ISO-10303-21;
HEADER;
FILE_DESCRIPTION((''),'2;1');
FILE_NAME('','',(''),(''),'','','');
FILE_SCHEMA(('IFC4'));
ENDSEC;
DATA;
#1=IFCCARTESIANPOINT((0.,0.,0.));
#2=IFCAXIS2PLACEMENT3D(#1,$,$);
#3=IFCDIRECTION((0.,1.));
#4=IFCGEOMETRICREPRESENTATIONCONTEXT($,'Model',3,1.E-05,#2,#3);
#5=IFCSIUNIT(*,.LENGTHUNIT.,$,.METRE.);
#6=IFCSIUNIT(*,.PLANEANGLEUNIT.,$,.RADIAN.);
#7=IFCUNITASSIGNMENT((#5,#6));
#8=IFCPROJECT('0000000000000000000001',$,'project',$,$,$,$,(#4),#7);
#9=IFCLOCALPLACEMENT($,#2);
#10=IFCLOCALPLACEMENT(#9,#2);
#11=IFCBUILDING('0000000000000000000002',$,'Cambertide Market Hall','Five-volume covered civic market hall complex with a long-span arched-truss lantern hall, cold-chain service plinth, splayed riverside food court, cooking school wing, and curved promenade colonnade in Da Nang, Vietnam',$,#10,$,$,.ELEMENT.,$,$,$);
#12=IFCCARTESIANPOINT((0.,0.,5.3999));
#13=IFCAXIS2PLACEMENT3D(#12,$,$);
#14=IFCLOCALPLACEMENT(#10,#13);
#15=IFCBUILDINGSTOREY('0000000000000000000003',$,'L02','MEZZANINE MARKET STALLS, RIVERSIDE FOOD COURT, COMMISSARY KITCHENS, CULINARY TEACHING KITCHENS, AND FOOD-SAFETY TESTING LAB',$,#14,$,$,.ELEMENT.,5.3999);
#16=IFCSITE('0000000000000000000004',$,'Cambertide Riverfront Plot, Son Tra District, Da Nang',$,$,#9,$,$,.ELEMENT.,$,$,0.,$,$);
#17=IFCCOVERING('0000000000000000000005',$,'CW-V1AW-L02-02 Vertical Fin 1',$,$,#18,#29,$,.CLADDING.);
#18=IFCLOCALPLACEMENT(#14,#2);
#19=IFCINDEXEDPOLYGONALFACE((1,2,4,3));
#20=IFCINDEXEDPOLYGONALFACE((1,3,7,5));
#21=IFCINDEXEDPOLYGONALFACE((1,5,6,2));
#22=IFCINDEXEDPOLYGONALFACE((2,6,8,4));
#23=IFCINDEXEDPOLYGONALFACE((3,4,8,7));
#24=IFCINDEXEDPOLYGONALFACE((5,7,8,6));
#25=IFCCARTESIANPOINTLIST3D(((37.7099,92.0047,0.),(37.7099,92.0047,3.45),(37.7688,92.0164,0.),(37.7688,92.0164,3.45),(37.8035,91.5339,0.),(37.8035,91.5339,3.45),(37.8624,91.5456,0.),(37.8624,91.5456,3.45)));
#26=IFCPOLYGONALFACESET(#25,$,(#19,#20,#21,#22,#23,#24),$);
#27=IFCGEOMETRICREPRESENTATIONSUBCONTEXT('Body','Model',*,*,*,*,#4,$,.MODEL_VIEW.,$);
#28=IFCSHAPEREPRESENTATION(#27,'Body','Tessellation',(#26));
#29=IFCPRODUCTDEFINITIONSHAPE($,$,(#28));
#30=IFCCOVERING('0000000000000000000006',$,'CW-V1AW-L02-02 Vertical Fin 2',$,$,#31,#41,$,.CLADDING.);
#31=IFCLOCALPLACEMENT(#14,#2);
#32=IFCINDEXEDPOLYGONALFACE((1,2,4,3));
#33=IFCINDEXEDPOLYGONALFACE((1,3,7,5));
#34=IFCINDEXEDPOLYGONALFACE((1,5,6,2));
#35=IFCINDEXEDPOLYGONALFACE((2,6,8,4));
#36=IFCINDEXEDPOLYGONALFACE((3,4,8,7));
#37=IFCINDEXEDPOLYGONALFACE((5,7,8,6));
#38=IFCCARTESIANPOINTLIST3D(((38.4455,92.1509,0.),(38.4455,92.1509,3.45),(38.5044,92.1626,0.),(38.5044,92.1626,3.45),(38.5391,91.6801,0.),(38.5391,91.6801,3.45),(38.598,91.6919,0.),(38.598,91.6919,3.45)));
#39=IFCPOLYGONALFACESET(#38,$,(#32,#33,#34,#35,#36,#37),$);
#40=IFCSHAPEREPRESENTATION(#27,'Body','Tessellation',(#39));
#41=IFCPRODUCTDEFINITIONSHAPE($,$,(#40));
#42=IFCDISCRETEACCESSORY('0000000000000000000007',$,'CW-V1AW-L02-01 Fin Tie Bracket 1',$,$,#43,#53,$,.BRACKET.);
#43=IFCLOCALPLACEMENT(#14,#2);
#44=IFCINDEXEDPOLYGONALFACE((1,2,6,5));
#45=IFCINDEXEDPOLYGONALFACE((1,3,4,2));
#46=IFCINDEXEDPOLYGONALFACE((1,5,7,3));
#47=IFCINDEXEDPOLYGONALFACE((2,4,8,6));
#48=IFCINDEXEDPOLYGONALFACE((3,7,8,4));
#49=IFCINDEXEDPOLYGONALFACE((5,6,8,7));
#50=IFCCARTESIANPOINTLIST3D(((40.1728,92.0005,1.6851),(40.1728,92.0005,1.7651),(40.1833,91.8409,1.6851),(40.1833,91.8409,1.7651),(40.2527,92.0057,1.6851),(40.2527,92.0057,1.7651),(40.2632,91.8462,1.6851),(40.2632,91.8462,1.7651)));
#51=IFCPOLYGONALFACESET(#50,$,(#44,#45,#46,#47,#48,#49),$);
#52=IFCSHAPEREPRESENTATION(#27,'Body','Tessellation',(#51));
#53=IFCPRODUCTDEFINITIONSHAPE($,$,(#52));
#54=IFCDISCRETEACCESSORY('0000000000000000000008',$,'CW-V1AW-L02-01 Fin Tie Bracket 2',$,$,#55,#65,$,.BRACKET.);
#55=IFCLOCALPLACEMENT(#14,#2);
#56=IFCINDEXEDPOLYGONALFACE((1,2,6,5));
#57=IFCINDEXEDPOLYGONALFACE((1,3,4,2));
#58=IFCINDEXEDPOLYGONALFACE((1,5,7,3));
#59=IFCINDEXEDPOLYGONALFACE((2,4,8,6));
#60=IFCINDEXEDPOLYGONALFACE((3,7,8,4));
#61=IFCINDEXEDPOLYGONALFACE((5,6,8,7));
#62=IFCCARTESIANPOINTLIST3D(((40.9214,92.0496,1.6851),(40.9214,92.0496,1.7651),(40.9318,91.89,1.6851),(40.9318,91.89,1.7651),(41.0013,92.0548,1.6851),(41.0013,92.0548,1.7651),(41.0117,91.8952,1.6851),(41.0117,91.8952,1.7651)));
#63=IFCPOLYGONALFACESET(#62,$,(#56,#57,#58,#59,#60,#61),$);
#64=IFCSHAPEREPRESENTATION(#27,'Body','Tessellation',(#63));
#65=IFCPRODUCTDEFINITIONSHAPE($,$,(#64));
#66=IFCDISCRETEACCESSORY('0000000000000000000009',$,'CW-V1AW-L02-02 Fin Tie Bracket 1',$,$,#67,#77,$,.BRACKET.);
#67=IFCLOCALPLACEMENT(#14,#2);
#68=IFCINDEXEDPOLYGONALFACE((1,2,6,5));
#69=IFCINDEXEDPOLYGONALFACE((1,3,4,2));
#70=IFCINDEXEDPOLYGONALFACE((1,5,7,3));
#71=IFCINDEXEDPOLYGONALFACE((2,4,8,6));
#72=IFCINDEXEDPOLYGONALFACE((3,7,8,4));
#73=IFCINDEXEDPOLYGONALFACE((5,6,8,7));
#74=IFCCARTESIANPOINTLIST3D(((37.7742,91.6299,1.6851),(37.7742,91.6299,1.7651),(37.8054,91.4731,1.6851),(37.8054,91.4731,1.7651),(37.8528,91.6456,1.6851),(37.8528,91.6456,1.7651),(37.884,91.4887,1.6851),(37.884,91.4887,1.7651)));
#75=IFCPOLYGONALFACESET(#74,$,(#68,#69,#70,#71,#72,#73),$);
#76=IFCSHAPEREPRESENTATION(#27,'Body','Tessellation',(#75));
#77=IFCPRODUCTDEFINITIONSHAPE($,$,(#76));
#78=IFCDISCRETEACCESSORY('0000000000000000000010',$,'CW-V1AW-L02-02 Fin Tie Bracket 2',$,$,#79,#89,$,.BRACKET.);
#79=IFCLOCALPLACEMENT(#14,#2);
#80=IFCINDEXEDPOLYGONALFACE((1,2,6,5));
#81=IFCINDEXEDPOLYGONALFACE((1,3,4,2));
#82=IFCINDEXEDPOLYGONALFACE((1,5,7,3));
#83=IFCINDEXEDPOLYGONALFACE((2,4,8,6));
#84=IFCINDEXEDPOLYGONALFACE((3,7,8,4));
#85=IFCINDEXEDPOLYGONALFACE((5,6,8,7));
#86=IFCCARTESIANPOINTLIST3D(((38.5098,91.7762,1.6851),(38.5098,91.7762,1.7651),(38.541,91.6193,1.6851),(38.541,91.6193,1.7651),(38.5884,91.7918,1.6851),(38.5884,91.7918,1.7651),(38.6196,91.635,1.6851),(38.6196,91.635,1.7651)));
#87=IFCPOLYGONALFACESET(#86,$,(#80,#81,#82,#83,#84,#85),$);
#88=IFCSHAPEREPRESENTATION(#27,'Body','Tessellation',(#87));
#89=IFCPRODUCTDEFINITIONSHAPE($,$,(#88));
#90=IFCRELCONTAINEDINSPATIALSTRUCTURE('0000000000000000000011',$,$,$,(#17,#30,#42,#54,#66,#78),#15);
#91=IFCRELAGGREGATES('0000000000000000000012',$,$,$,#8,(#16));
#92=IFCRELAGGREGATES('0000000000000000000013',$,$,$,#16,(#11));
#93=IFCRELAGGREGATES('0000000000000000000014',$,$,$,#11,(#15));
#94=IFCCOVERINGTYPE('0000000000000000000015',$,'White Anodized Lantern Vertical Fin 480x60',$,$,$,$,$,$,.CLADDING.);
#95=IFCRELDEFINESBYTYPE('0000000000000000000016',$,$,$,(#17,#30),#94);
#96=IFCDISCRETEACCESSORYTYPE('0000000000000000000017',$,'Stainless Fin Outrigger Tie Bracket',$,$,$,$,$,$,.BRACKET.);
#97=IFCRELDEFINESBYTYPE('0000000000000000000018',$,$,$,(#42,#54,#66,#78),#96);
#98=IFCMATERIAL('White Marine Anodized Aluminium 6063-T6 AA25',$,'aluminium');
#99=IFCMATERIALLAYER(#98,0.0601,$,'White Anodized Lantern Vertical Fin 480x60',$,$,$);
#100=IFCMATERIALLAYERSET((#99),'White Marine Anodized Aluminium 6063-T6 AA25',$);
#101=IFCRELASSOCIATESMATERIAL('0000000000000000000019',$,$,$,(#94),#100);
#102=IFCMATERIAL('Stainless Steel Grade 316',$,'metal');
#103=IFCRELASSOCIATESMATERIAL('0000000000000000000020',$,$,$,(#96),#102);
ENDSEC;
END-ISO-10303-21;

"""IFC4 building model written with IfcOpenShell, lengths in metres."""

from ifc_helpers import new_model, si_unit, direction, frame, origin, origin_2d, place, context, subcontext, project, spatial, rectangle, extrude, material, layer, layer_set, type_object, element, save


model = new_model("IFC4")

# Units and contexts
model_context = context("Model", 3, precision=1e-05, world=origin(), true_north=direction((0.0, 1.0)))
body_context = subcontext(model_context, "Body", "Model", "MODEL_VIEW")
ifc_project = project(units=[si_unit("LENGTHUNIT", "METRE"), si_unit("PLANEANGLEUNIT", "RADIAN")], contexts=[model_context])

# Site, building, storey
site_placement = place(None, origin())
site = spatial("IfcSite", under=ifc_project, at=site_placement, Name="Cambertide Riverfront Plot, Son Tra District, Da Nang", CompositionType="ELEMENT", RefElevation=0.0)
building_placement = place(site_placement, origin())
building = spatial("IfcBuilding", under=site, at=building_placement, Name="Cambertide Market Hall", Description="Five-volume covered civic market hall complex with a long-span arched-truss lantern hall, cold-chain service plinth, splayed riverside food court, cooking school wing, and curved promenade colonnade in Da Nang, Vietnam", CompositionType="ELEMENT")
storey_placement = place(building_placement, frame((0.0, 0.0, 5.3999)))
storey = spatial("IfcBuildingStorey", under=building, at=storey_placement, Name="L02", Description="MEZZANINE MARKET STALLS, RIVERSIDE FOOD COURT, COMMISSARY KITCHENS, CULINARY TEACHING KITCHENS, AND FOOD-SAFETY TESTING LAB", CompositionType="ELEMENT", Elevation=5.3999)

# Coverings
ifc_material_1 = material(Name="White Marine Anodized Aluminium 6063-T6 AA25", Category="aluminium")
ifc_layer_1 = layer(ifc_material_1, 0.0601, Name="White Anodized Lantern Vertical Fin 480x60")
ifc_layer_set_1 = layer_set([ifc_layer_1], Name="White Marine Anodized Aluminium 6063-T6 AA25")
covering_type = type_object("IfcCoveringType", Name="White Anodized Lantern Vertical Fin 480x60", PredefinedType="CLADDING", material=ifc_layer_set_1)
for number, where, z_axis, x_axis, name in (
    (1, (37.7861, 91.7751, 0.0), (0.0, 0.0, 1.0), (0.980785, 0.19509, 0.0), "CW-V1AW-L02-02 Vertical Fin 1"),
    (2, (38.5217, 91.9214, 0.0), (0.0, 0.0, 1.0), (0.980785, 0.19509, 0.0), "CW-V1AW-L02-02 Vertical Fin 2"),
):
    element("IfcCovering", number, at=place(storey_placement, frame(where, z_axis=z_axis, x_axis=x_axis)), inside=storey, type_object=covering_type, Name=name, PredefinedType="CLADDING", context=body_context, shape_type="SweptSolid", body=[
        extrude(rectangle(XDim=0.0601, YDim=0.48, at=origin_2d()), origin(), (0.0, 0.0, 1.0), 3.45),
    ])

# Discrete accessories
ifc_material_2 = material(Name="Stainless Steel Grade 316", Category="metal")
discrete_accessory_type = type_object("IfcDiscreteAccessoryType", Name="Stainless Fin Outrigger Tie Bracket", PredefinedType="BRACKET", material=ifc_material_2)
for number, where, z_axis, x_axis, name in (
    (3, (40.218, 91.9233, 1.6851), (0.0, 0.0, 1.0), (0.997859, 0.065403, 0.0), "CW-V1AW-L02-01 Fin Tie Bracket 1"),
    (4, (40.9666, 91.9724, 1.6851), (0.0, 0.0, 1.0), (0.997859, 0.065403, 0.0), "CW-V1AW-L02-01 Fin Tie Bracket 2"),
    (5, (37.8291, 91.5593, 1.6851), (0.0, 0.0, 1.0), (0.980785, 0.19509, 0.0), "CW-V1AW-L02-02 Fin Tie Bracket 1"),
    (6, (38.5647, 91.7056, 1.6851), (0.0, 0.0, 1.0), (0.980785, 0.19509, 0.0), "CW-V1AW-L02-02 Fin Tie Bracket 2"),
):
    element("IfcDiscreteAccessory", number, at=place(storey_placement, frame(where, z_axis=z_axis, x_axis=x_axis)), inside=storey, type_object=discrete_accessory_type, Name=name, PredefinedType="BRACKET", context=body_context, shape_type="SweptSolid", body=[
        extrude(rectangle(XDim=0.0801, YDim=0.1599, at=origin_2d()), origin(), (0.0, 0.0, 1.0), 0.0801),
    ])

save(model, "model.ifc")
